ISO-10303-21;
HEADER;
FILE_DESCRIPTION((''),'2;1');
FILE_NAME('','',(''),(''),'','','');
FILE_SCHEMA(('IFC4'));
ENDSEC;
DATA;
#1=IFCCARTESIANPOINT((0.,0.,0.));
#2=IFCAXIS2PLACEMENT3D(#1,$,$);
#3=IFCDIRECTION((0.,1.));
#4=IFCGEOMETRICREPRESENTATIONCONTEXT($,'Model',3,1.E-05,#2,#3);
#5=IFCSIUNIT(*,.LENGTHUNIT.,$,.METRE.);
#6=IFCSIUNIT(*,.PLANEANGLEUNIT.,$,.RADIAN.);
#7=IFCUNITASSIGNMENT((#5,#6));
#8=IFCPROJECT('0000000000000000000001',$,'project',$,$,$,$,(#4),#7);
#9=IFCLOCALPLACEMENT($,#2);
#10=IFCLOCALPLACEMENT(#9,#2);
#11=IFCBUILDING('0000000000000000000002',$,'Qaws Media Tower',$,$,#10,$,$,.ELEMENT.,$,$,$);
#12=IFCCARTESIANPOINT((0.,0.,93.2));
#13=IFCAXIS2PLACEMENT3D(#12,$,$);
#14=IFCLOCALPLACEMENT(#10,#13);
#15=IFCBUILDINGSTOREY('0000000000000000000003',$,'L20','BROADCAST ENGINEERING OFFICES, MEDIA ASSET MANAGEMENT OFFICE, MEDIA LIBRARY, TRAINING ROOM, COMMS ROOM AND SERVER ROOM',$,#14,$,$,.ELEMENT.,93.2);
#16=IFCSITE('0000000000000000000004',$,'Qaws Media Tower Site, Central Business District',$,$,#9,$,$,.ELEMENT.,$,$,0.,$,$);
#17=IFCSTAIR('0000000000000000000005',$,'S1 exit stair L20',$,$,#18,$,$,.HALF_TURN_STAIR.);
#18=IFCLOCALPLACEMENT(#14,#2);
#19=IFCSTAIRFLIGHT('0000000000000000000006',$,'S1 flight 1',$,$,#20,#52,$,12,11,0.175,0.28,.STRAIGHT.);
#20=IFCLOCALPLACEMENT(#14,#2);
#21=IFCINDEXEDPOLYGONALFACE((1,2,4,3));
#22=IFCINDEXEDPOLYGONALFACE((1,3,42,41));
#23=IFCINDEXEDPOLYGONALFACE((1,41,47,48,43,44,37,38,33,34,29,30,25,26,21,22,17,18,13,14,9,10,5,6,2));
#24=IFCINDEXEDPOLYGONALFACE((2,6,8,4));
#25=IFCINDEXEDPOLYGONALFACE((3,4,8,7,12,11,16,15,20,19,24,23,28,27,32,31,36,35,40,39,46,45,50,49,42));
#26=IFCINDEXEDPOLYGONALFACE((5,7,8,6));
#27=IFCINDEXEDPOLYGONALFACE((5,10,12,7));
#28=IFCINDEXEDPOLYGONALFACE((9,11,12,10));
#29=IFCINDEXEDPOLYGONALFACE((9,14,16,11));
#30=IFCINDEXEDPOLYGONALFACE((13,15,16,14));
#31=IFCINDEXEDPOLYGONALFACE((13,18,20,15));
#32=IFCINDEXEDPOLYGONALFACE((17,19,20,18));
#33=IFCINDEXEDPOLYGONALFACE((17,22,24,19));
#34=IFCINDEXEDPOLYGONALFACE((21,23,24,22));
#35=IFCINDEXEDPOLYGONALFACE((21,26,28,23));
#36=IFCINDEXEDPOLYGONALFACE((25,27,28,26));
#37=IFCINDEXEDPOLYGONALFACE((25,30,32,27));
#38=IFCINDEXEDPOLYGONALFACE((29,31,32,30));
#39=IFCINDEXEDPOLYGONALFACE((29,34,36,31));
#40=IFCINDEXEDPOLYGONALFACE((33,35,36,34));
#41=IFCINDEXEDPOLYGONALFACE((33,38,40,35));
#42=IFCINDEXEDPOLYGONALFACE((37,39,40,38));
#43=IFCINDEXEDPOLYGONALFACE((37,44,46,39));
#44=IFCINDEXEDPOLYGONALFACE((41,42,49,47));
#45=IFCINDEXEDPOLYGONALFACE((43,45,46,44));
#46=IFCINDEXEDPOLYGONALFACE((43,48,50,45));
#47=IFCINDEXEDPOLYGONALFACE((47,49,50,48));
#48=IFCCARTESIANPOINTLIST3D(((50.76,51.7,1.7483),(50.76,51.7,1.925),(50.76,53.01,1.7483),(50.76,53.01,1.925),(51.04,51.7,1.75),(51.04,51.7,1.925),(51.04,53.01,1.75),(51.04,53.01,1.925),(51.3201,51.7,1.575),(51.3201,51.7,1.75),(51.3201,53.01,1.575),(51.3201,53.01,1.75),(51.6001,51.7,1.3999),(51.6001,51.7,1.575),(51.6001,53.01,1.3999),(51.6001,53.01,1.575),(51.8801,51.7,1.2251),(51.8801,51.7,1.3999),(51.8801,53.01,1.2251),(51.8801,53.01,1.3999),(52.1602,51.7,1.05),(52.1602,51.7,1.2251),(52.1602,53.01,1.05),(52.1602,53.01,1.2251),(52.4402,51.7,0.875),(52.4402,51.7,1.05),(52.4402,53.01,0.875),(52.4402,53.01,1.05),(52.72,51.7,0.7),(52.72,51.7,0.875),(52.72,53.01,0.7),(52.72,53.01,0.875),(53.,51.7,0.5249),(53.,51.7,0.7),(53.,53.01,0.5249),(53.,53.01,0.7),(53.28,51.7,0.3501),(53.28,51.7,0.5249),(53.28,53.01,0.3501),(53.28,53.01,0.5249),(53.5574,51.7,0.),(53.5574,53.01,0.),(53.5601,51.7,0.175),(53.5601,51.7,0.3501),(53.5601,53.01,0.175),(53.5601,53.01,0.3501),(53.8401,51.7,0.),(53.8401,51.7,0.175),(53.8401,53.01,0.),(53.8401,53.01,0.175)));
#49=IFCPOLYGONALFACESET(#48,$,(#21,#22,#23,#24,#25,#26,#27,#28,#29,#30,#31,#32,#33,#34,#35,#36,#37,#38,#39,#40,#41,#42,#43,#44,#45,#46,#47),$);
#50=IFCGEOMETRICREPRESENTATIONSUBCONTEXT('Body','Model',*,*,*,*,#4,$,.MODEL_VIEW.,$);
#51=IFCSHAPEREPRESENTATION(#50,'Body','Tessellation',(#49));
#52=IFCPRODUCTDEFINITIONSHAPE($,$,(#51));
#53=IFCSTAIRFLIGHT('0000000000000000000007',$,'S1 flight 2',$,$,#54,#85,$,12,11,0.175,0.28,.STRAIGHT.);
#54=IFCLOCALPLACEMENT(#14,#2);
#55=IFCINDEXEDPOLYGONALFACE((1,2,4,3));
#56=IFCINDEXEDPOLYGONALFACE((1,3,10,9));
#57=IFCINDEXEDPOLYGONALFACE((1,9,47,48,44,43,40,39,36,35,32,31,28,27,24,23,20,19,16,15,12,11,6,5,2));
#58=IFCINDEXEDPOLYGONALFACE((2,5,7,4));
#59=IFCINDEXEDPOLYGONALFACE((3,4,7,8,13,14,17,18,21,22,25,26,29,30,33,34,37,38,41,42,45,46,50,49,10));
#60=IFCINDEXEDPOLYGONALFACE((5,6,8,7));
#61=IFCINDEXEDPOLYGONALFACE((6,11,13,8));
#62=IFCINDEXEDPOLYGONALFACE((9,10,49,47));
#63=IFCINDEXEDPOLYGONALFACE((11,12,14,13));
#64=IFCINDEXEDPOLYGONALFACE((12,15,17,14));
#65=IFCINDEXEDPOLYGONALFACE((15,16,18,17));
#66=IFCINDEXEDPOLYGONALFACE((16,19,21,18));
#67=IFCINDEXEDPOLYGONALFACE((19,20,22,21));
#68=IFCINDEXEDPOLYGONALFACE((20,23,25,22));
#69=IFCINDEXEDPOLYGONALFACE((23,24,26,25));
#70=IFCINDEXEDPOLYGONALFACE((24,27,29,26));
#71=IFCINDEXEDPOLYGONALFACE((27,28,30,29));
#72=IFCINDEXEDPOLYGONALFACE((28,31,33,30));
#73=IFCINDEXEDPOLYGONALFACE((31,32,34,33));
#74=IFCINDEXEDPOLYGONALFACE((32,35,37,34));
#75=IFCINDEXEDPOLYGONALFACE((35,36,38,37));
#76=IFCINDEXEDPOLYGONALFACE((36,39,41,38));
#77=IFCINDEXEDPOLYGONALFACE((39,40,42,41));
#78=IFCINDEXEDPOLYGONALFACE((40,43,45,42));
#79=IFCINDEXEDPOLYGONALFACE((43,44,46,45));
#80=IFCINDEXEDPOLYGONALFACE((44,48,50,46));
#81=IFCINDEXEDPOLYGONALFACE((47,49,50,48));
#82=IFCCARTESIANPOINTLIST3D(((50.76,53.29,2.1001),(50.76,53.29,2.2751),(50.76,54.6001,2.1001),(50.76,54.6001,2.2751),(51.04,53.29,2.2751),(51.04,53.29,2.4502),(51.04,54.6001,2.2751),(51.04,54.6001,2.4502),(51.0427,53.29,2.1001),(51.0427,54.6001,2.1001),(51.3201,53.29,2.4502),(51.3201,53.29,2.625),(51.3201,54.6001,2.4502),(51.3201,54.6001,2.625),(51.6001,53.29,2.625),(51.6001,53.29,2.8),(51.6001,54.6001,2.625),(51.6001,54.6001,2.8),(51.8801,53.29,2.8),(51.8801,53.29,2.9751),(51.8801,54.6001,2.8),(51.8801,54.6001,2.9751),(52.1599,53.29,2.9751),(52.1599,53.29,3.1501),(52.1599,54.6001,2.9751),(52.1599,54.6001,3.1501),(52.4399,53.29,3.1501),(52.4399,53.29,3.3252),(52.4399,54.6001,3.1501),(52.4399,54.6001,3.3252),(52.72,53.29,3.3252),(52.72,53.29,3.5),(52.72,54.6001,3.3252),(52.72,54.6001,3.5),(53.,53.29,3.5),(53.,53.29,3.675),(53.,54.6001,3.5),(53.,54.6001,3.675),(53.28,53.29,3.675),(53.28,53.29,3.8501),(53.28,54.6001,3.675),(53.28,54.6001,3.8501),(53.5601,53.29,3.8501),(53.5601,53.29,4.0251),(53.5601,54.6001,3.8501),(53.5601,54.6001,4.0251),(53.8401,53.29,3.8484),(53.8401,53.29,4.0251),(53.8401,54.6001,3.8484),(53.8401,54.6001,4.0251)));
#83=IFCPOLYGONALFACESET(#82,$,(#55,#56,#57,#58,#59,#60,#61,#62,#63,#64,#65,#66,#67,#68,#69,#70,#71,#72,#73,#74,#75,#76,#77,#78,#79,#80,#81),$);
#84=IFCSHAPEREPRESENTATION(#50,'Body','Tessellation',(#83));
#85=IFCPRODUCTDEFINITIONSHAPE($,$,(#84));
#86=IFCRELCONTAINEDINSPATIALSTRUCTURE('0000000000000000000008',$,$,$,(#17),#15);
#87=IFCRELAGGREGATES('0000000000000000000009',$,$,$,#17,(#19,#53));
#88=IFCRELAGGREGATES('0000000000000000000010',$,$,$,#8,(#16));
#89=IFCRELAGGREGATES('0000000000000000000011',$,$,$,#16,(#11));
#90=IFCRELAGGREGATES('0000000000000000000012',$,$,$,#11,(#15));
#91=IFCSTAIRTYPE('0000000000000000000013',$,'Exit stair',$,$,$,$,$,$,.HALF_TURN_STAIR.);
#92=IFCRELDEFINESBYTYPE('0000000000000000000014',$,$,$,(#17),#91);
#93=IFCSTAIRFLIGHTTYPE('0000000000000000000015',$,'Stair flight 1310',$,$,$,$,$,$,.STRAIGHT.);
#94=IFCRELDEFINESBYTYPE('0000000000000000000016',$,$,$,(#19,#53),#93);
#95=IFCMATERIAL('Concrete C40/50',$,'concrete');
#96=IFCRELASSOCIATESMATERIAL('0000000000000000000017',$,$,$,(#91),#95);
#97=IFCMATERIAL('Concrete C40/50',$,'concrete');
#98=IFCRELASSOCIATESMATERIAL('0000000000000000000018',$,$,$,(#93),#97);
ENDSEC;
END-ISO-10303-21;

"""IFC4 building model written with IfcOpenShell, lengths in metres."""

from ifc_helpers import new_model, si_unit, direction, frame, origin, place, context, subcontext, project, spatial, polyline, outline, extrude, material, type_object, element, aggregate, save


model = new_model("IFC4")

# Units and contexts
model_context = context("Model", 3, precision=1e-05, world=origin(), true_north=direction((0.0, 1.0)))
body_context = subcontext(model_context, "Body", "Model", "MODEL_VIEW")
ifc_project = project(units=[si_unit("LENGTHUNIT", "METRE"), si_unit("PLANEANGLEUNIT", "RADIAN")], contexts=[model_context])

# Site, building, storey
site_placement = place(None, origin())
site = spatial("IfcSite", under=ifc_project, at=site_placement, Name="Qaws Media Tower Site, Central Business District", CompositionType="ELEMENT", RefElevation=0.0)
building_placement = place(site_placement, origin())
building = spatial("IfcBuilding", under=site, at=building_placement, Name="Qaws Media Tower", CompositionType="ELEMENT")
storey_placement = place(building_placement, frame((0.0, 0.0, 93.2)))
storey = spatial("IfcBuildingStorey", under=building, at=storey_placement, Name="L20", Description="BROADCAST ENGINEERING OFFICES, MEDIA ASSET MANAGEMENT OFFICE, MEDIA LIBRARY, TRAINING ROOM, COMMS ROOM AND SERVER ROOM", CompositionType="ELEMENT", Elevation=93.2)

# Stair, stair flights
ifc_material_1 = material(Name="Concrete C40/50", Category="concrete")
stair_type = type_object("IfcStairType", Name="Exit stair", PredefinedType="HALF_TURN_STAIR", material=ifc_material_1)
stair_placement = place(storey_placement, origin())
stair = element("IfcStair", 1, at=stair_placement, inside=storey, type_object=stair_type, Name="S1 exit stair L20", PredefinedType="HALF_TURN_STAIR")
ifc_material_2 = material(Name="Concrete C40/50", Category="concrete")
stair_flight_type = type_object("IfcStairFlightType", Name="Stair flight 1310", PredefinedType="STRAIGHT", material=ifc_material_2)
stair_flight_1_placement = place(storey_placement, frame((53.8401, 52.355, 0.0), z_axis=(0.0, 0.0, 1.0), x_axis=(-1.0, 0.0, 0.0)))
stair_flight_1 = element("IfcStairFlight", 2, at=stair_flight_1_placement, type_object=stair_flight_type, Name="S1 flight 1", NumberOfRisers=12, NumberOfTreads=11, PredefinedType="STRAIGHT", RiserHeight=0.175, TreadLength=0.28, context=body_context, shape_type="SweptSolid", body=[
    extrude(outline(polyline([(0.0, 0.0), (0.0, 0.175), (0.28, 0.175), (0.28, 0.3501), (0.5601, 0.3501), (0.5601, 0.5249), (0.8401, 0.5249), (0.8401, 0.7), (1.1201, 0.7), (1.1201, 0.875), (1.3999, 0.875), (1.3999, 1.05), (1.6799, 1.05), (1.6799, 1.2251), (1.96, 1.2251), (1.96, 1.3999), (2.24, 1.3999), (2.24, 1.575), (2.52, 1.575), (2.52, 1.75), (2.8, 1.75), (2.8, 1.925), (3.0801, 1.925), (3.0801, 2.1001), (3.0801, 1.7483), (0.2827, 0.0), (0.0, 0.0)])), frame((0.0, 0.655, 0.0), z_axis=(0.0, -1.0, 0.0), x_axis=(1.0, 0.0, 0.0)), (0.0, 0.0, 1.0), 1.3101),
])
stair_flight_2_placement = place(storey_placement, frame((50.76, 53.9451, 2.1001), z_axis=(0.0, 0.0, 1.0), x_axis=(1.0, 0.0, 0.0)))
stair_flight_2 = element("IfcStairFlight", 3, at=stair_flight_2_placement, type_object=stair_flight_type, Name="S1 flight 2", NumberOfRisers=12, NumberOfTreads=11, PredefinedType="STRAIGHT", RiserHeight=0.175, TreadLength=0.28, context=body_context, shape_type="SweptSolid", body=[
    extrude(outline(polyline([(0.0, 0.0), (0.0, 0.175), (0.28, 0.175), (0.28, 0.3501), (0.5601, 0.3501), (0.5601, 0.5249), (0.8401, 0.5249), (0.8401, 0.7), (1.1201, 0.7), (1.1201, 0.875), (1.3999, 0.875), (1.3999, 1.05), (1.6799, 1.05), (1.6799, 1.2251), (1.96, 1.2251), (1.96, 1.3999), (2.24, 1.3999), (2.24, 1.575), (2.52, 1.575), (2.52, 1.75), (2.8, 1.75), (2.8, 1.925), (3.0801, 1.925), (3.0801, 2.1001), (3.0801, 1.7483), (0.2827, 0.0), (0.0, 0.0)])), frame((0.0, 0.655, 0.0), z_axis=(0.0, -1.0, 0.0), x_axis=(1.0, 0.0, 0.0)), (0.0, 0.0, 1.0), 1.3101),
])
aggregate(stair, [stair_flight_1, stair_flight_2])

save(model, "model.ifc")
